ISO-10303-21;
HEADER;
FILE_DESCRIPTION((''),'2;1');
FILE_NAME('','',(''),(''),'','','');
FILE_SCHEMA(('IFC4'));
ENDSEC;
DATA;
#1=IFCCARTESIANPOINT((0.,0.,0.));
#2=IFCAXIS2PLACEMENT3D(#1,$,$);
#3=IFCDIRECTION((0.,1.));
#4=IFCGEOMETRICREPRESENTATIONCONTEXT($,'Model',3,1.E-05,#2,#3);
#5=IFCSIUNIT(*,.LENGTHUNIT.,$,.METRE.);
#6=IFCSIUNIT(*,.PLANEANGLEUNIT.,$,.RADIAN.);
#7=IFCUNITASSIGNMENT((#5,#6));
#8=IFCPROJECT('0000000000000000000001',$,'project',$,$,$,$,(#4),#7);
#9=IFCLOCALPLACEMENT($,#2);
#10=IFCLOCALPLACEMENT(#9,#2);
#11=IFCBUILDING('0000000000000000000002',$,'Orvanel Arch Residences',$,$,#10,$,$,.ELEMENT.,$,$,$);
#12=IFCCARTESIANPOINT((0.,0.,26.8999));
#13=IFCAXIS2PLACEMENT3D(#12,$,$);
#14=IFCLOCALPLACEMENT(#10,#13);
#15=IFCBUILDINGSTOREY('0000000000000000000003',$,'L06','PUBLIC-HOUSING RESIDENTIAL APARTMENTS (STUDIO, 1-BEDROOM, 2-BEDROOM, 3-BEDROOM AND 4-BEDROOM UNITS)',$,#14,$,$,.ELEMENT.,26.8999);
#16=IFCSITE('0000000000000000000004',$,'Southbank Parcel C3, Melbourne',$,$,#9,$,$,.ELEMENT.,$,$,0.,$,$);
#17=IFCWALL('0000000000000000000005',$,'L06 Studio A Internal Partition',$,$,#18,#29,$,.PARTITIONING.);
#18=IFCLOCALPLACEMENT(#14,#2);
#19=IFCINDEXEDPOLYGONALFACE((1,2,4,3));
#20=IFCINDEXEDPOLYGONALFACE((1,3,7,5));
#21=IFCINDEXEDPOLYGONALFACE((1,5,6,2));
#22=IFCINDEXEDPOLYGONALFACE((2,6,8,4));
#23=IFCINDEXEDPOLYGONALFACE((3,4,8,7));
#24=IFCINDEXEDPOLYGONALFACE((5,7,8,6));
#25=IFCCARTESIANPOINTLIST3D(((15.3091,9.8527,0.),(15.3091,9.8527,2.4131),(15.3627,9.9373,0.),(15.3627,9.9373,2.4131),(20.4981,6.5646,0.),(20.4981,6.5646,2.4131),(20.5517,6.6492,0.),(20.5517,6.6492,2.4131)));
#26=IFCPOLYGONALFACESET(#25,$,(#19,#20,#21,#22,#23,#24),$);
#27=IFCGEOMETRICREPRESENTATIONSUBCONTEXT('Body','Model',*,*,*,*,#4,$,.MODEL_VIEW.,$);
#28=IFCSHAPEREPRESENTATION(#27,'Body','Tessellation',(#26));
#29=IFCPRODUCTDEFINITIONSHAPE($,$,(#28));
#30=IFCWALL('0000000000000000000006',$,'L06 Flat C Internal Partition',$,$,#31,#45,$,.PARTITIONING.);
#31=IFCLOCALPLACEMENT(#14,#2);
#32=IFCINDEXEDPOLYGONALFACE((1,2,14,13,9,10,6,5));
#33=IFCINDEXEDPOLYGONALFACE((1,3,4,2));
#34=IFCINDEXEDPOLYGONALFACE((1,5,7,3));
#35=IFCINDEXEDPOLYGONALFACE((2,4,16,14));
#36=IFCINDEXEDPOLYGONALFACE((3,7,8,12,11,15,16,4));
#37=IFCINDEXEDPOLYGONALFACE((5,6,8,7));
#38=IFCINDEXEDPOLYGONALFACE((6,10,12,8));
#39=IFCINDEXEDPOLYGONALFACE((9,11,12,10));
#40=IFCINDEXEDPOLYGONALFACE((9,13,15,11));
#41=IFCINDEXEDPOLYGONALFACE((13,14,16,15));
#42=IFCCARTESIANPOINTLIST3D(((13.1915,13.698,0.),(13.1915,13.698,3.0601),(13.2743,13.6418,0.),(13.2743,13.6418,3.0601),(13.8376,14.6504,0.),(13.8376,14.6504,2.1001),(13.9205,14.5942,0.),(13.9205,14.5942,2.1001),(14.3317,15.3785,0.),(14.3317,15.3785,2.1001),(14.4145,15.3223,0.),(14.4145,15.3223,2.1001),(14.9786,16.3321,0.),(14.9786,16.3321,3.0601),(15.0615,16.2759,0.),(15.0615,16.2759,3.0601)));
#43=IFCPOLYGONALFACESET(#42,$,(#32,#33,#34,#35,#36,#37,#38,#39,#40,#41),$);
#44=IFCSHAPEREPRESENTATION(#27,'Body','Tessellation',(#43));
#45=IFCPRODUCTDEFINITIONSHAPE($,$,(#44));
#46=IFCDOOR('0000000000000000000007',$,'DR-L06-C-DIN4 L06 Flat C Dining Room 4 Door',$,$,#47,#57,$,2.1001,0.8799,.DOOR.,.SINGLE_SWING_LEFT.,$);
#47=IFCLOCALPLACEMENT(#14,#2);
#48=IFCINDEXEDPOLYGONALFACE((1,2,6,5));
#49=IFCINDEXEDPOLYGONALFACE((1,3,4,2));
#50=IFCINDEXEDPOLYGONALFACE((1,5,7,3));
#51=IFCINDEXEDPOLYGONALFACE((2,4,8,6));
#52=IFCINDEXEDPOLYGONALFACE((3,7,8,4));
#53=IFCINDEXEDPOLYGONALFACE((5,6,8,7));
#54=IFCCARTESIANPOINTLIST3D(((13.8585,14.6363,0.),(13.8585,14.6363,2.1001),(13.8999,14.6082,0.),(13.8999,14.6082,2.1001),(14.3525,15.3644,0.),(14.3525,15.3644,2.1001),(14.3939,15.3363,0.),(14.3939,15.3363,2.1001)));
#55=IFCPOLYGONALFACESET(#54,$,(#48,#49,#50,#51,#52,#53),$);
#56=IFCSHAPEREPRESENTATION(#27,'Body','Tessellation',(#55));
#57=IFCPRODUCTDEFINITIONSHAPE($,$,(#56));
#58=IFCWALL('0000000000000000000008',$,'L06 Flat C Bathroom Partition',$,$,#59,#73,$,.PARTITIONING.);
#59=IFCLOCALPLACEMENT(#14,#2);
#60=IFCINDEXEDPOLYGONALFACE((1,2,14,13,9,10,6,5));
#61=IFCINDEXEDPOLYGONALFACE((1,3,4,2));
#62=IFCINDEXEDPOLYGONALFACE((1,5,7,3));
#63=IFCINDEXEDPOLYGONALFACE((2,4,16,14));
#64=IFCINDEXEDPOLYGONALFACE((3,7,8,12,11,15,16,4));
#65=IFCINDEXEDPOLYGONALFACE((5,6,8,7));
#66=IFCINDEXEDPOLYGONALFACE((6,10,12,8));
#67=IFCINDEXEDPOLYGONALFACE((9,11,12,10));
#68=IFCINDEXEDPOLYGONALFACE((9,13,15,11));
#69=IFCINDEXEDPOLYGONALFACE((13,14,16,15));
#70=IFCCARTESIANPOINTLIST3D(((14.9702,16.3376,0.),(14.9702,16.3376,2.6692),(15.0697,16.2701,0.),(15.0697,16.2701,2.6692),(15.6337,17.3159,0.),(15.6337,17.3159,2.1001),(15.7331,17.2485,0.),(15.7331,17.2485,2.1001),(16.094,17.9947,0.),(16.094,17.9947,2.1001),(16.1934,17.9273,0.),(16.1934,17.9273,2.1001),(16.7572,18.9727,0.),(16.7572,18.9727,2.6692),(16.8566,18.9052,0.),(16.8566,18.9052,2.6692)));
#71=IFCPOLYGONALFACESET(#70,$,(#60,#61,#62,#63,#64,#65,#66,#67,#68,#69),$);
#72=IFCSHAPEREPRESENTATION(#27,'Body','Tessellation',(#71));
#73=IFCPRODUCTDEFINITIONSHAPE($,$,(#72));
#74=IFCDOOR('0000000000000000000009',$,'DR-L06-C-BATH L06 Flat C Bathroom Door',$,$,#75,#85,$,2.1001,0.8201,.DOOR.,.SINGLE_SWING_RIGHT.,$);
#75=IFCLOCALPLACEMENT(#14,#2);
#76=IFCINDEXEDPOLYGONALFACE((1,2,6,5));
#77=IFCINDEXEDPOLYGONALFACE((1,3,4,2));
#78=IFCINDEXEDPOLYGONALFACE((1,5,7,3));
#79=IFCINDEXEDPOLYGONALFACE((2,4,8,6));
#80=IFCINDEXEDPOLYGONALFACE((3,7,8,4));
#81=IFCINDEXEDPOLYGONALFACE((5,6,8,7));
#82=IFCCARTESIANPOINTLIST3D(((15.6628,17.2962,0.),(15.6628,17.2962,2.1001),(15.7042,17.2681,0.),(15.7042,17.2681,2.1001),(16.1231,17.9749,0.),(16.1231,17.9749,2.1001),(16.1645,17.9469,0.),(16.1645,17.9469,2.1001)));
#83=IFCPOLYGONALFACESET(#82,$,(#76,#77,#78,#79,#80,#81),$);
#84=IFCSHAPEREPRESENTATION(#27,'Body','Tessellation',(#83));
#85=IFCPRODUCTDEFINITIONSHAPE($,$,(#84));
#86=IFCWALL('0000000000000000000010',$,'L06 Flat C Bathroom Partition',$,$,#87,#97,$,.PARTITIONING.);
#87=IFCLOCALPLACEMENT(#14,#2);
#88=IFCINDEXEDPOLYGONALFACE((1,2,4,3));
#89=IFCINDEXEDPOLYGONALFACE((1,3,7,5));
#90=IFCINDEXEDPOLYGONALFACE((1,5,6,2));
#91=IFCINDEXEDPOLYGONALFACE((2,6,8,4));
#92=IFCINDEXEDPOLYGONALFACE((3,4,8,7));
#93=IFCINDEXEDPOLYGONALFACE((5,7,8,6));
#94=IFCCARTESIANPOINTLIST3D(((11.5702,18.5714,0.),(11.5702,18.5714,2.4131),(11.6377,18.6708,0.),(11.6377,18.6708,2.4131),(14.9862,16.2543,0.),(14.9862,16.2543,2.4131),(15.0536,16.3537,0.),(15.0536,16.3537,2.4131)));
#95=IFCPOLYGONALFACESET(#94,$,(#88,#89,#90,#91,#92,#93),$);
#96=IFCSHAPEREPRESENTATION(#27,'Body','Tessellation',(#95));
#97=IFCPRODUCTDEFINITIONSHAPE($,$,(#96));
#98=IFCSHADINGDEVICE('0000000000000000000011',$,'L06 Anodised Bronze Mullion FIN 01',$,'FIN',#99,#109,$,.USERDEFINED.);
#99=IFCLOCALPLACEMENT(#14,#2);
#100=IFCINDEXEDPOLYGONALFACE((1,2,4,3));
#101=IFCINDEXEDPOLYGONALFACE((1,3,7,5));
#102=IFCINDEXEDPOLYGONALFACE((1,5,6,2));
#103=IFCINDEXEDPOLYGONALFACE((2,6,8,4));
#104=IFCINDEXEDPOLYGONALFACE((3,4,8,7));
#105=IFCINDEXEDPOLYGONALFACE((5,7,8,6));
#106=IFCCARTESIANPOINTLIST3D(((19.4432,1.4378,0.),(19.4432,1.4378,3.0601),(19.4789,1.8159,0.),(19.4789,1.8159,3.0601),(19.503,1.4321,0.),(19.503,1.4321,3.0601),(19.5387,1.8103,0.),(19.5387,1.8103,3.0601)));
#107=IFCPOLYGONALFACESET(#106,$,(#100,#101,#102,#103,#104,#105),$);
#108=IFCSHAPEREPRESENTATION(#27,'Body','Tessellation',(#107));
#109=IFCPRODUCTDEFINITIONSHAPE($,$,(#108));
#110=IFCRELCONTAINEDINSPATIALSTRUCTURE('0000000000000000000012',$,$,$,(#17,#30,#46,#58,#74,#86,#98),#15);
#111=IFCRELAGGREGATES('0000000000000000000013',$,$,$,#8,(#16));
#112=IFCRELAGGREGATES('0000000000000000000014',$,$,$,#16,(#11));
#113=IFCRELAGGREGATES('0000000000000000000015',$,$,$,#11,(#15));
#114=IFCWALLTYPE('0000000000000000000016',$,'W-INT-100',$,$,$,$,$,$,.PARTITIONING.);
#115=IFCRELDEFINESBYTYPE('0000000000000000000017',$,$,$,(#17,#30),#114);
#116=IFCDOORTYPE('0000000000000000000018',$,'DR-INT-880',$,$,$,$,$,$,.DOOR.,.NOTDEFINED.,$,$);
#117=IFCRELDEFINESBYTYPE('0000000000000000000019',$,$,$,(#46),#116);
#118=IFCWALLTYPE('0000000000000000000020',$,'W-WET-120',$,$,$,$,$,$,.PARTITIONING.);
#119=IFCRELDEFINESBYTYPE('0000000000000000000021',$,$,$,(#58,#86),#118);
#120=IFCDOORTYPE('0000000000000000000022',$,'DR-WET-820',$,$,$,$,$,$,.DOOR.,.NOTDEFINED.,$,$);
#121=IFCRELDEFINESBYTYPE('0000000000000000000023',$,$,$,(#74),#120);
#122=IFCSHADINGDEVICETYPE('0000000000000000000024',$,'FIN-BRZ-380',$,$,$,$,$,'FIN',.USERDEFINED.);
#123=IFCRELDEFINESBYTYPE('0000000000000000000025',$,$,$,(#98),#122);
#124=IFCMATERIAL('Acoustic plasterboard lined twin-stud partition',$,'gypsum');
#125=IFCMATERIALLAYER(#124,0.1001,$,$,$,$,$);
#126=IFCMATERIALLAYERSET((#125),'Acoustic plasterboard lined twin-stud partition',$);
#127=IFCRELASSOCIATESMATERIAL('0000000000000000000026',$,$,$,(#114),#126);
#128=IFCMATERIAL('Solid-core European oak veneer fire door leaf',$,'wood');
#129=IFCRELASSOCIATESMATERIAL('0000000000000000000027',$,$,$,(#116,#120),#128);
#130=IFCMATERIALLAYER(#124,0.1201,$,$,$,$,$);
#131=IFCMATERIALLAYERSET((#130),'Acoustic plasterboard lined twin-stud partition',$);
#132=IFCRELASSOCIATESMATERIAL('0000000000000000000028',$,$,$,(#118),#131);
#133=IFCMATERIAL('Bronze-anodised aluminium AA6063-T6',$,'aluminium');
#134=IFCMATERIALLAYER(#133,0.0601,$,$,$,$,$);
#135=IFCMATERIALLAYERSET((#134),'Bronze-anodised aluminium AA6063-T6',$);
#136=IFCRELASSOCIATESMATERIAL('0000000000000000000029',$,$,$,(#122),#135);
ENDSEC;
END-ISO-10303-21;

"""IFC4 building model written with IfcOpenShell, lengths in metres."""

from ifc_helpers import new_model, si_unit, direction, frame, frame_2d, origin, origin_2d, place, context, subcontext, project, spatial, rectangle, extrude, material, layer, layer_set, type_object, element, fill, save


model = new_model("IFC4")

# Units and contexts
model_context = context("Model", 3, precision=1e-05, world=origin(), true_north=direction((0.0, 1.0)))
body_context = subcontext(model_context, "Body", "Model", "MODEL_VIEW")
ifc_project = project(units=[si_unit("LENGTHUNIT", "METRE"), si_unit("PLANEANGLEUNIT", "RADIAN")], contexts=[model_context])

# Site, building, storey
site_placement = place(None, origin())
site = spatial("IfcSite", under=ifc_project, at=site_placement, Name="Southbank Parcel C3, Melbourne", CompositionType="ELEMENT", RefElevation=0.0)
building_placement = place(site_placement, origin())
building = spatial("IfcBuilding", under=site, at=building_placement, Name="Orvanel Arch Residences", CompositionType="ELEMENT")
storey_placement = place(building_placement, frame((0.0, 0.0, 26.8999)))
storey = spatial("IfcBuildingStorey", under=building, at=storey_placement, Name="L06", Description="PUBLIC-HOUSING RESIDENTIAL APARTMENTS (STUDIO, 1-BEDROOM, 2-BEDROOM, 3-BEDROOM AND 4-BEDROOM UNITS)", CompositionType="ELEMENT", Elevation=26.8999)

# Shared definitions
ifc_material_1 = material(Name="Bronze-anodised aluminium AA6063-T6", Category="aluminium")

# Shared definitions
ifc_material_2 = material(Name="Acoustic plasterboard lined twin-stud partition", Category="gypsum")
ifc_layer_1 = layer(ifc_material_2, 0.1001)
ifc_layer_set_1 = layer_set([ifc_layer_1], Name="Acoustic plasterboard lined twin-stud partition")
wall_type_1 = type_object("IfcWallType", Name="W-INT-100", PredefinedType="PARTITIONING", material=ifc_layer_set_1)
ifc_material_3 = material(Name="Solid-core European oak veneer fire door leaf", Category="wood")
door_type_1 = type_object("IfcDoorType", Name="DR-INT-880", OperationType="NOTDEFINED", PredefinedType="DOOR", material=ifc_material_3)

# Wall
wall_1_placement = place(storey_placement, frame((15.3359, 9.895, 0.0), z_axis=(0.0, 0.0, 1.0), x_axis=(0.844691, -0.535254, 0.0)))
element("IfcWall", 1, at=wall_1_placement, inside=storey, type_object=wall_type_1, Name="L06 Studio A Internal Partition", PredefinedType="PARTITIONING", context=body_context, shape_type="SweptSolid", body=[
    extrude(rectangle(XDim=6.1431, YDim=0.1001, at=frame_2d((3.0715, 0.0))), origin(), (0.0, 0.0, 1.0), 2.4131),
])

# Walls, openings, doors
wall_2_placement = place(storey_placement, frame((13.2329, 13.6699, 0.0), z_axis=(0.0, 0.0, 1.0), x_axis=(0.561443, 0.827515, 0.0)))
wall_2 = element("IfcWall", 2, at=wall_2_placement, inside=storey, type_object=wall_type_1, Name="L06 Flat C Internal Partition", PredefinedType="PARTITIONING", context=body_context, shape_type="SweptSolid", body=[
    extrude(rectangle(XDim=3.1831, YDim=0.1001, at=frame_2d((1.5916, 0.0))), origin(), (0.0, 0.0, 1.0), 3.0601),
])
opening_1_placement = place(wall_2_placement, frame((1.1509, 0.0, 0.0)))
opening_1 = element("IfcOpeningElement", 3, at=opening_1_placement, cuts=wall_2, PredefinedType="OPENING", context=body_context, shape_type="SweptSolid", body=[
    extrude(rectangle(XDim=0.8799, YDim=2.1001, at=frame_2d((0.4399, 1.05))), frame((0.0, 0.0601, 0.0), z_axis=(0.0, -1.0, 0.0), x_axis=(1.0, 0.0, 0.0)), (0.0, 0.0, 1.0), 0.1201),
])
door_1_placement = place(opening_1_placement, origin())
door_1 = element("IfcDoor", 4, at=door_1_placement, inside=storey, type_object=door_type_1, Name="DR-L06-C-DIN4 L06 Flat C Dining Room 4 Door", OperationType="SINGLE_SWING_LEFT", OverallHeight=2.1001, OverallWidth=0.8799, PredefinedType="DOOR", context=body_context, shape_type="SweptSolid", body=[
    extrude(rectangle(XDim=0.8799, YDim=2.1001, at=frame_2d((0.4399, 1.05))), frame((0.0, 0.0249, 0.0), z_axis=(0.0, -1.0, 0.0), x_axis=(1.0, 0.0, 0.0)), (0.0, 0.0, 1.0), 0.05),
])
fill(opening_1, door_1)
ifc_layer_2 = layer(ifc_material_2, 0.1201)
ifc_layer_set_2 = layer_set([ifc_layer_2], Name="Acoustic plasterboard lined twin-stud partition")
wall_type_2 = type_object("IfcWallType", Name="W-WET-120", PredefinedType="PARTITIONING", material=ifc_layer_set_2)
wall_3_placement = place(storey_placement, frame((15.02, 16.304, 0.0), z_axis=(0.0, 0.0, 1.0), x_axis=(0.561248, 0.827648, 0.0)))
wall_3 = element("IfcWall", 5, at=wall_3_placement, inside=storey, type_object=wall_type_2, Name="L06 Flat C Bathroom Partition", PredefinedType="PARTITIONING", context=body_context, shape_type="SweptSolid", body=[
    extrude(rectangle(XDim=3.1838, YDim=0.1201, at=frame_2d((1.5918, 0.0))), origin(), (0.0, 0.0, 1.0), 2.6692),
])
opening_2_placement = place(wall_3_placement, frame((1.1819, 0.0, 0.0)))
opening_2 = element("IfcOpeningElement", 6, at=opening_2_placement, cuts=wall_3, PredefinedType="OPENING", context=body_context, shape_type="SweptSolid", body=[
    extrude(rectangle(XDim=0.8201, YDim=2.1001, at=frame_2d((0.4102, 1.05))), frame((0.0, 0.0701, 0.0), z_axis=(0.0, -1.0, 0.0), x_axis=(1.0, 0.0, 0.0)), (0.0, 0.0, 1.0), 0.1401),
])
door_type_2 = type_object("IfcDoorType", Name="DR-WET-820", OperationType="NOTDEFINED", PredefinedType="DOOR", material=ifc_material_3)
door_2_placement = place(opening_2_placement, origin())
door_2 = element("IfcDoor", 7, at=door_2_placement, inside=storey, type_object=door_type_2, Name="DR-L06-C-BATH L06 Flat C Bathroom Door", OperationType="SINGLE_SWING_RIGHT", OverallHeight=2.1001, OverallWidth=0.8201, PredefinedType="DOOR", context=body_context, shape_type="SweptSolid", body=[
    extrude(rectangle(XDim=0.8201, YDim=2.1001, at=frame_2d((0.4102, 1.05))), frame((0.0, 0.0249, 0.0), z_axis=(0.0, -1.0, 0.0), x_axis=(1.0, 0.0, 0.0)), (0.0, 0.0, 1.0), 0.05),
])
fill(opening_2, door_2)

# Wall
wall_4_placement = place(storey_placement, frame((15.02, 16.304, 0.0), z_axis=(0.0, 0.0, 1.0), x_axis=(-0.827574, 0.561357, 0.0)))
element("IfcWall", 8, at=wall_4_placement, inside=storey, type_object=wall_type_2, Name="L06 Flat C Bathroom Partition", PredefinedType="PARTITIONING", context=body_context, shape_type="SweptSolid", body=[
    extrude(rectangle(XDim=4.1277, YDim=0.1201, at=frame_2d((2.064, 0.0))), origin(), (0.0, 0.0, 1.0), 2.4131),
])

# Shading device
ifc_layer_3 = layer(ifc_material_1, 0.0601)
ifc_layer_set_3 = layer_set([ifc_layer_3], Name="Bronze-anodised aluminium AA6063-T6")
shading_device_type = type_object("IfcShadingDeviceType", Name="FIN-BRZ-380", ElementType="FIN", PredefinedType="USERDEFINED", material=ifc_layer_set_3)
shading_device_placement = place(storey_placement, frame((19.491, 1.624, 0.0), z_axis=(0.0, 0.0, 1.0), x_axis=(-0.094108, -0.995562, 0.0)))
element("IfcShadingDevice", 9, at=shading_device_placement, inside=storey, type_object=shading_device_type, Name="L06 Anodised Bronze Mullion FIN 01", ObjectType="FIN", PredefinedType="USERDEFINED", context=body_context, shape_type="SweptSolid", body=[
    extrude(rectangle(XDim=0.3799, YDim=0.0601, at=origin_2d()), origin(), (0.0, 0.0, 1.0), 3.0601),
])

save(model, "model.ifc")
